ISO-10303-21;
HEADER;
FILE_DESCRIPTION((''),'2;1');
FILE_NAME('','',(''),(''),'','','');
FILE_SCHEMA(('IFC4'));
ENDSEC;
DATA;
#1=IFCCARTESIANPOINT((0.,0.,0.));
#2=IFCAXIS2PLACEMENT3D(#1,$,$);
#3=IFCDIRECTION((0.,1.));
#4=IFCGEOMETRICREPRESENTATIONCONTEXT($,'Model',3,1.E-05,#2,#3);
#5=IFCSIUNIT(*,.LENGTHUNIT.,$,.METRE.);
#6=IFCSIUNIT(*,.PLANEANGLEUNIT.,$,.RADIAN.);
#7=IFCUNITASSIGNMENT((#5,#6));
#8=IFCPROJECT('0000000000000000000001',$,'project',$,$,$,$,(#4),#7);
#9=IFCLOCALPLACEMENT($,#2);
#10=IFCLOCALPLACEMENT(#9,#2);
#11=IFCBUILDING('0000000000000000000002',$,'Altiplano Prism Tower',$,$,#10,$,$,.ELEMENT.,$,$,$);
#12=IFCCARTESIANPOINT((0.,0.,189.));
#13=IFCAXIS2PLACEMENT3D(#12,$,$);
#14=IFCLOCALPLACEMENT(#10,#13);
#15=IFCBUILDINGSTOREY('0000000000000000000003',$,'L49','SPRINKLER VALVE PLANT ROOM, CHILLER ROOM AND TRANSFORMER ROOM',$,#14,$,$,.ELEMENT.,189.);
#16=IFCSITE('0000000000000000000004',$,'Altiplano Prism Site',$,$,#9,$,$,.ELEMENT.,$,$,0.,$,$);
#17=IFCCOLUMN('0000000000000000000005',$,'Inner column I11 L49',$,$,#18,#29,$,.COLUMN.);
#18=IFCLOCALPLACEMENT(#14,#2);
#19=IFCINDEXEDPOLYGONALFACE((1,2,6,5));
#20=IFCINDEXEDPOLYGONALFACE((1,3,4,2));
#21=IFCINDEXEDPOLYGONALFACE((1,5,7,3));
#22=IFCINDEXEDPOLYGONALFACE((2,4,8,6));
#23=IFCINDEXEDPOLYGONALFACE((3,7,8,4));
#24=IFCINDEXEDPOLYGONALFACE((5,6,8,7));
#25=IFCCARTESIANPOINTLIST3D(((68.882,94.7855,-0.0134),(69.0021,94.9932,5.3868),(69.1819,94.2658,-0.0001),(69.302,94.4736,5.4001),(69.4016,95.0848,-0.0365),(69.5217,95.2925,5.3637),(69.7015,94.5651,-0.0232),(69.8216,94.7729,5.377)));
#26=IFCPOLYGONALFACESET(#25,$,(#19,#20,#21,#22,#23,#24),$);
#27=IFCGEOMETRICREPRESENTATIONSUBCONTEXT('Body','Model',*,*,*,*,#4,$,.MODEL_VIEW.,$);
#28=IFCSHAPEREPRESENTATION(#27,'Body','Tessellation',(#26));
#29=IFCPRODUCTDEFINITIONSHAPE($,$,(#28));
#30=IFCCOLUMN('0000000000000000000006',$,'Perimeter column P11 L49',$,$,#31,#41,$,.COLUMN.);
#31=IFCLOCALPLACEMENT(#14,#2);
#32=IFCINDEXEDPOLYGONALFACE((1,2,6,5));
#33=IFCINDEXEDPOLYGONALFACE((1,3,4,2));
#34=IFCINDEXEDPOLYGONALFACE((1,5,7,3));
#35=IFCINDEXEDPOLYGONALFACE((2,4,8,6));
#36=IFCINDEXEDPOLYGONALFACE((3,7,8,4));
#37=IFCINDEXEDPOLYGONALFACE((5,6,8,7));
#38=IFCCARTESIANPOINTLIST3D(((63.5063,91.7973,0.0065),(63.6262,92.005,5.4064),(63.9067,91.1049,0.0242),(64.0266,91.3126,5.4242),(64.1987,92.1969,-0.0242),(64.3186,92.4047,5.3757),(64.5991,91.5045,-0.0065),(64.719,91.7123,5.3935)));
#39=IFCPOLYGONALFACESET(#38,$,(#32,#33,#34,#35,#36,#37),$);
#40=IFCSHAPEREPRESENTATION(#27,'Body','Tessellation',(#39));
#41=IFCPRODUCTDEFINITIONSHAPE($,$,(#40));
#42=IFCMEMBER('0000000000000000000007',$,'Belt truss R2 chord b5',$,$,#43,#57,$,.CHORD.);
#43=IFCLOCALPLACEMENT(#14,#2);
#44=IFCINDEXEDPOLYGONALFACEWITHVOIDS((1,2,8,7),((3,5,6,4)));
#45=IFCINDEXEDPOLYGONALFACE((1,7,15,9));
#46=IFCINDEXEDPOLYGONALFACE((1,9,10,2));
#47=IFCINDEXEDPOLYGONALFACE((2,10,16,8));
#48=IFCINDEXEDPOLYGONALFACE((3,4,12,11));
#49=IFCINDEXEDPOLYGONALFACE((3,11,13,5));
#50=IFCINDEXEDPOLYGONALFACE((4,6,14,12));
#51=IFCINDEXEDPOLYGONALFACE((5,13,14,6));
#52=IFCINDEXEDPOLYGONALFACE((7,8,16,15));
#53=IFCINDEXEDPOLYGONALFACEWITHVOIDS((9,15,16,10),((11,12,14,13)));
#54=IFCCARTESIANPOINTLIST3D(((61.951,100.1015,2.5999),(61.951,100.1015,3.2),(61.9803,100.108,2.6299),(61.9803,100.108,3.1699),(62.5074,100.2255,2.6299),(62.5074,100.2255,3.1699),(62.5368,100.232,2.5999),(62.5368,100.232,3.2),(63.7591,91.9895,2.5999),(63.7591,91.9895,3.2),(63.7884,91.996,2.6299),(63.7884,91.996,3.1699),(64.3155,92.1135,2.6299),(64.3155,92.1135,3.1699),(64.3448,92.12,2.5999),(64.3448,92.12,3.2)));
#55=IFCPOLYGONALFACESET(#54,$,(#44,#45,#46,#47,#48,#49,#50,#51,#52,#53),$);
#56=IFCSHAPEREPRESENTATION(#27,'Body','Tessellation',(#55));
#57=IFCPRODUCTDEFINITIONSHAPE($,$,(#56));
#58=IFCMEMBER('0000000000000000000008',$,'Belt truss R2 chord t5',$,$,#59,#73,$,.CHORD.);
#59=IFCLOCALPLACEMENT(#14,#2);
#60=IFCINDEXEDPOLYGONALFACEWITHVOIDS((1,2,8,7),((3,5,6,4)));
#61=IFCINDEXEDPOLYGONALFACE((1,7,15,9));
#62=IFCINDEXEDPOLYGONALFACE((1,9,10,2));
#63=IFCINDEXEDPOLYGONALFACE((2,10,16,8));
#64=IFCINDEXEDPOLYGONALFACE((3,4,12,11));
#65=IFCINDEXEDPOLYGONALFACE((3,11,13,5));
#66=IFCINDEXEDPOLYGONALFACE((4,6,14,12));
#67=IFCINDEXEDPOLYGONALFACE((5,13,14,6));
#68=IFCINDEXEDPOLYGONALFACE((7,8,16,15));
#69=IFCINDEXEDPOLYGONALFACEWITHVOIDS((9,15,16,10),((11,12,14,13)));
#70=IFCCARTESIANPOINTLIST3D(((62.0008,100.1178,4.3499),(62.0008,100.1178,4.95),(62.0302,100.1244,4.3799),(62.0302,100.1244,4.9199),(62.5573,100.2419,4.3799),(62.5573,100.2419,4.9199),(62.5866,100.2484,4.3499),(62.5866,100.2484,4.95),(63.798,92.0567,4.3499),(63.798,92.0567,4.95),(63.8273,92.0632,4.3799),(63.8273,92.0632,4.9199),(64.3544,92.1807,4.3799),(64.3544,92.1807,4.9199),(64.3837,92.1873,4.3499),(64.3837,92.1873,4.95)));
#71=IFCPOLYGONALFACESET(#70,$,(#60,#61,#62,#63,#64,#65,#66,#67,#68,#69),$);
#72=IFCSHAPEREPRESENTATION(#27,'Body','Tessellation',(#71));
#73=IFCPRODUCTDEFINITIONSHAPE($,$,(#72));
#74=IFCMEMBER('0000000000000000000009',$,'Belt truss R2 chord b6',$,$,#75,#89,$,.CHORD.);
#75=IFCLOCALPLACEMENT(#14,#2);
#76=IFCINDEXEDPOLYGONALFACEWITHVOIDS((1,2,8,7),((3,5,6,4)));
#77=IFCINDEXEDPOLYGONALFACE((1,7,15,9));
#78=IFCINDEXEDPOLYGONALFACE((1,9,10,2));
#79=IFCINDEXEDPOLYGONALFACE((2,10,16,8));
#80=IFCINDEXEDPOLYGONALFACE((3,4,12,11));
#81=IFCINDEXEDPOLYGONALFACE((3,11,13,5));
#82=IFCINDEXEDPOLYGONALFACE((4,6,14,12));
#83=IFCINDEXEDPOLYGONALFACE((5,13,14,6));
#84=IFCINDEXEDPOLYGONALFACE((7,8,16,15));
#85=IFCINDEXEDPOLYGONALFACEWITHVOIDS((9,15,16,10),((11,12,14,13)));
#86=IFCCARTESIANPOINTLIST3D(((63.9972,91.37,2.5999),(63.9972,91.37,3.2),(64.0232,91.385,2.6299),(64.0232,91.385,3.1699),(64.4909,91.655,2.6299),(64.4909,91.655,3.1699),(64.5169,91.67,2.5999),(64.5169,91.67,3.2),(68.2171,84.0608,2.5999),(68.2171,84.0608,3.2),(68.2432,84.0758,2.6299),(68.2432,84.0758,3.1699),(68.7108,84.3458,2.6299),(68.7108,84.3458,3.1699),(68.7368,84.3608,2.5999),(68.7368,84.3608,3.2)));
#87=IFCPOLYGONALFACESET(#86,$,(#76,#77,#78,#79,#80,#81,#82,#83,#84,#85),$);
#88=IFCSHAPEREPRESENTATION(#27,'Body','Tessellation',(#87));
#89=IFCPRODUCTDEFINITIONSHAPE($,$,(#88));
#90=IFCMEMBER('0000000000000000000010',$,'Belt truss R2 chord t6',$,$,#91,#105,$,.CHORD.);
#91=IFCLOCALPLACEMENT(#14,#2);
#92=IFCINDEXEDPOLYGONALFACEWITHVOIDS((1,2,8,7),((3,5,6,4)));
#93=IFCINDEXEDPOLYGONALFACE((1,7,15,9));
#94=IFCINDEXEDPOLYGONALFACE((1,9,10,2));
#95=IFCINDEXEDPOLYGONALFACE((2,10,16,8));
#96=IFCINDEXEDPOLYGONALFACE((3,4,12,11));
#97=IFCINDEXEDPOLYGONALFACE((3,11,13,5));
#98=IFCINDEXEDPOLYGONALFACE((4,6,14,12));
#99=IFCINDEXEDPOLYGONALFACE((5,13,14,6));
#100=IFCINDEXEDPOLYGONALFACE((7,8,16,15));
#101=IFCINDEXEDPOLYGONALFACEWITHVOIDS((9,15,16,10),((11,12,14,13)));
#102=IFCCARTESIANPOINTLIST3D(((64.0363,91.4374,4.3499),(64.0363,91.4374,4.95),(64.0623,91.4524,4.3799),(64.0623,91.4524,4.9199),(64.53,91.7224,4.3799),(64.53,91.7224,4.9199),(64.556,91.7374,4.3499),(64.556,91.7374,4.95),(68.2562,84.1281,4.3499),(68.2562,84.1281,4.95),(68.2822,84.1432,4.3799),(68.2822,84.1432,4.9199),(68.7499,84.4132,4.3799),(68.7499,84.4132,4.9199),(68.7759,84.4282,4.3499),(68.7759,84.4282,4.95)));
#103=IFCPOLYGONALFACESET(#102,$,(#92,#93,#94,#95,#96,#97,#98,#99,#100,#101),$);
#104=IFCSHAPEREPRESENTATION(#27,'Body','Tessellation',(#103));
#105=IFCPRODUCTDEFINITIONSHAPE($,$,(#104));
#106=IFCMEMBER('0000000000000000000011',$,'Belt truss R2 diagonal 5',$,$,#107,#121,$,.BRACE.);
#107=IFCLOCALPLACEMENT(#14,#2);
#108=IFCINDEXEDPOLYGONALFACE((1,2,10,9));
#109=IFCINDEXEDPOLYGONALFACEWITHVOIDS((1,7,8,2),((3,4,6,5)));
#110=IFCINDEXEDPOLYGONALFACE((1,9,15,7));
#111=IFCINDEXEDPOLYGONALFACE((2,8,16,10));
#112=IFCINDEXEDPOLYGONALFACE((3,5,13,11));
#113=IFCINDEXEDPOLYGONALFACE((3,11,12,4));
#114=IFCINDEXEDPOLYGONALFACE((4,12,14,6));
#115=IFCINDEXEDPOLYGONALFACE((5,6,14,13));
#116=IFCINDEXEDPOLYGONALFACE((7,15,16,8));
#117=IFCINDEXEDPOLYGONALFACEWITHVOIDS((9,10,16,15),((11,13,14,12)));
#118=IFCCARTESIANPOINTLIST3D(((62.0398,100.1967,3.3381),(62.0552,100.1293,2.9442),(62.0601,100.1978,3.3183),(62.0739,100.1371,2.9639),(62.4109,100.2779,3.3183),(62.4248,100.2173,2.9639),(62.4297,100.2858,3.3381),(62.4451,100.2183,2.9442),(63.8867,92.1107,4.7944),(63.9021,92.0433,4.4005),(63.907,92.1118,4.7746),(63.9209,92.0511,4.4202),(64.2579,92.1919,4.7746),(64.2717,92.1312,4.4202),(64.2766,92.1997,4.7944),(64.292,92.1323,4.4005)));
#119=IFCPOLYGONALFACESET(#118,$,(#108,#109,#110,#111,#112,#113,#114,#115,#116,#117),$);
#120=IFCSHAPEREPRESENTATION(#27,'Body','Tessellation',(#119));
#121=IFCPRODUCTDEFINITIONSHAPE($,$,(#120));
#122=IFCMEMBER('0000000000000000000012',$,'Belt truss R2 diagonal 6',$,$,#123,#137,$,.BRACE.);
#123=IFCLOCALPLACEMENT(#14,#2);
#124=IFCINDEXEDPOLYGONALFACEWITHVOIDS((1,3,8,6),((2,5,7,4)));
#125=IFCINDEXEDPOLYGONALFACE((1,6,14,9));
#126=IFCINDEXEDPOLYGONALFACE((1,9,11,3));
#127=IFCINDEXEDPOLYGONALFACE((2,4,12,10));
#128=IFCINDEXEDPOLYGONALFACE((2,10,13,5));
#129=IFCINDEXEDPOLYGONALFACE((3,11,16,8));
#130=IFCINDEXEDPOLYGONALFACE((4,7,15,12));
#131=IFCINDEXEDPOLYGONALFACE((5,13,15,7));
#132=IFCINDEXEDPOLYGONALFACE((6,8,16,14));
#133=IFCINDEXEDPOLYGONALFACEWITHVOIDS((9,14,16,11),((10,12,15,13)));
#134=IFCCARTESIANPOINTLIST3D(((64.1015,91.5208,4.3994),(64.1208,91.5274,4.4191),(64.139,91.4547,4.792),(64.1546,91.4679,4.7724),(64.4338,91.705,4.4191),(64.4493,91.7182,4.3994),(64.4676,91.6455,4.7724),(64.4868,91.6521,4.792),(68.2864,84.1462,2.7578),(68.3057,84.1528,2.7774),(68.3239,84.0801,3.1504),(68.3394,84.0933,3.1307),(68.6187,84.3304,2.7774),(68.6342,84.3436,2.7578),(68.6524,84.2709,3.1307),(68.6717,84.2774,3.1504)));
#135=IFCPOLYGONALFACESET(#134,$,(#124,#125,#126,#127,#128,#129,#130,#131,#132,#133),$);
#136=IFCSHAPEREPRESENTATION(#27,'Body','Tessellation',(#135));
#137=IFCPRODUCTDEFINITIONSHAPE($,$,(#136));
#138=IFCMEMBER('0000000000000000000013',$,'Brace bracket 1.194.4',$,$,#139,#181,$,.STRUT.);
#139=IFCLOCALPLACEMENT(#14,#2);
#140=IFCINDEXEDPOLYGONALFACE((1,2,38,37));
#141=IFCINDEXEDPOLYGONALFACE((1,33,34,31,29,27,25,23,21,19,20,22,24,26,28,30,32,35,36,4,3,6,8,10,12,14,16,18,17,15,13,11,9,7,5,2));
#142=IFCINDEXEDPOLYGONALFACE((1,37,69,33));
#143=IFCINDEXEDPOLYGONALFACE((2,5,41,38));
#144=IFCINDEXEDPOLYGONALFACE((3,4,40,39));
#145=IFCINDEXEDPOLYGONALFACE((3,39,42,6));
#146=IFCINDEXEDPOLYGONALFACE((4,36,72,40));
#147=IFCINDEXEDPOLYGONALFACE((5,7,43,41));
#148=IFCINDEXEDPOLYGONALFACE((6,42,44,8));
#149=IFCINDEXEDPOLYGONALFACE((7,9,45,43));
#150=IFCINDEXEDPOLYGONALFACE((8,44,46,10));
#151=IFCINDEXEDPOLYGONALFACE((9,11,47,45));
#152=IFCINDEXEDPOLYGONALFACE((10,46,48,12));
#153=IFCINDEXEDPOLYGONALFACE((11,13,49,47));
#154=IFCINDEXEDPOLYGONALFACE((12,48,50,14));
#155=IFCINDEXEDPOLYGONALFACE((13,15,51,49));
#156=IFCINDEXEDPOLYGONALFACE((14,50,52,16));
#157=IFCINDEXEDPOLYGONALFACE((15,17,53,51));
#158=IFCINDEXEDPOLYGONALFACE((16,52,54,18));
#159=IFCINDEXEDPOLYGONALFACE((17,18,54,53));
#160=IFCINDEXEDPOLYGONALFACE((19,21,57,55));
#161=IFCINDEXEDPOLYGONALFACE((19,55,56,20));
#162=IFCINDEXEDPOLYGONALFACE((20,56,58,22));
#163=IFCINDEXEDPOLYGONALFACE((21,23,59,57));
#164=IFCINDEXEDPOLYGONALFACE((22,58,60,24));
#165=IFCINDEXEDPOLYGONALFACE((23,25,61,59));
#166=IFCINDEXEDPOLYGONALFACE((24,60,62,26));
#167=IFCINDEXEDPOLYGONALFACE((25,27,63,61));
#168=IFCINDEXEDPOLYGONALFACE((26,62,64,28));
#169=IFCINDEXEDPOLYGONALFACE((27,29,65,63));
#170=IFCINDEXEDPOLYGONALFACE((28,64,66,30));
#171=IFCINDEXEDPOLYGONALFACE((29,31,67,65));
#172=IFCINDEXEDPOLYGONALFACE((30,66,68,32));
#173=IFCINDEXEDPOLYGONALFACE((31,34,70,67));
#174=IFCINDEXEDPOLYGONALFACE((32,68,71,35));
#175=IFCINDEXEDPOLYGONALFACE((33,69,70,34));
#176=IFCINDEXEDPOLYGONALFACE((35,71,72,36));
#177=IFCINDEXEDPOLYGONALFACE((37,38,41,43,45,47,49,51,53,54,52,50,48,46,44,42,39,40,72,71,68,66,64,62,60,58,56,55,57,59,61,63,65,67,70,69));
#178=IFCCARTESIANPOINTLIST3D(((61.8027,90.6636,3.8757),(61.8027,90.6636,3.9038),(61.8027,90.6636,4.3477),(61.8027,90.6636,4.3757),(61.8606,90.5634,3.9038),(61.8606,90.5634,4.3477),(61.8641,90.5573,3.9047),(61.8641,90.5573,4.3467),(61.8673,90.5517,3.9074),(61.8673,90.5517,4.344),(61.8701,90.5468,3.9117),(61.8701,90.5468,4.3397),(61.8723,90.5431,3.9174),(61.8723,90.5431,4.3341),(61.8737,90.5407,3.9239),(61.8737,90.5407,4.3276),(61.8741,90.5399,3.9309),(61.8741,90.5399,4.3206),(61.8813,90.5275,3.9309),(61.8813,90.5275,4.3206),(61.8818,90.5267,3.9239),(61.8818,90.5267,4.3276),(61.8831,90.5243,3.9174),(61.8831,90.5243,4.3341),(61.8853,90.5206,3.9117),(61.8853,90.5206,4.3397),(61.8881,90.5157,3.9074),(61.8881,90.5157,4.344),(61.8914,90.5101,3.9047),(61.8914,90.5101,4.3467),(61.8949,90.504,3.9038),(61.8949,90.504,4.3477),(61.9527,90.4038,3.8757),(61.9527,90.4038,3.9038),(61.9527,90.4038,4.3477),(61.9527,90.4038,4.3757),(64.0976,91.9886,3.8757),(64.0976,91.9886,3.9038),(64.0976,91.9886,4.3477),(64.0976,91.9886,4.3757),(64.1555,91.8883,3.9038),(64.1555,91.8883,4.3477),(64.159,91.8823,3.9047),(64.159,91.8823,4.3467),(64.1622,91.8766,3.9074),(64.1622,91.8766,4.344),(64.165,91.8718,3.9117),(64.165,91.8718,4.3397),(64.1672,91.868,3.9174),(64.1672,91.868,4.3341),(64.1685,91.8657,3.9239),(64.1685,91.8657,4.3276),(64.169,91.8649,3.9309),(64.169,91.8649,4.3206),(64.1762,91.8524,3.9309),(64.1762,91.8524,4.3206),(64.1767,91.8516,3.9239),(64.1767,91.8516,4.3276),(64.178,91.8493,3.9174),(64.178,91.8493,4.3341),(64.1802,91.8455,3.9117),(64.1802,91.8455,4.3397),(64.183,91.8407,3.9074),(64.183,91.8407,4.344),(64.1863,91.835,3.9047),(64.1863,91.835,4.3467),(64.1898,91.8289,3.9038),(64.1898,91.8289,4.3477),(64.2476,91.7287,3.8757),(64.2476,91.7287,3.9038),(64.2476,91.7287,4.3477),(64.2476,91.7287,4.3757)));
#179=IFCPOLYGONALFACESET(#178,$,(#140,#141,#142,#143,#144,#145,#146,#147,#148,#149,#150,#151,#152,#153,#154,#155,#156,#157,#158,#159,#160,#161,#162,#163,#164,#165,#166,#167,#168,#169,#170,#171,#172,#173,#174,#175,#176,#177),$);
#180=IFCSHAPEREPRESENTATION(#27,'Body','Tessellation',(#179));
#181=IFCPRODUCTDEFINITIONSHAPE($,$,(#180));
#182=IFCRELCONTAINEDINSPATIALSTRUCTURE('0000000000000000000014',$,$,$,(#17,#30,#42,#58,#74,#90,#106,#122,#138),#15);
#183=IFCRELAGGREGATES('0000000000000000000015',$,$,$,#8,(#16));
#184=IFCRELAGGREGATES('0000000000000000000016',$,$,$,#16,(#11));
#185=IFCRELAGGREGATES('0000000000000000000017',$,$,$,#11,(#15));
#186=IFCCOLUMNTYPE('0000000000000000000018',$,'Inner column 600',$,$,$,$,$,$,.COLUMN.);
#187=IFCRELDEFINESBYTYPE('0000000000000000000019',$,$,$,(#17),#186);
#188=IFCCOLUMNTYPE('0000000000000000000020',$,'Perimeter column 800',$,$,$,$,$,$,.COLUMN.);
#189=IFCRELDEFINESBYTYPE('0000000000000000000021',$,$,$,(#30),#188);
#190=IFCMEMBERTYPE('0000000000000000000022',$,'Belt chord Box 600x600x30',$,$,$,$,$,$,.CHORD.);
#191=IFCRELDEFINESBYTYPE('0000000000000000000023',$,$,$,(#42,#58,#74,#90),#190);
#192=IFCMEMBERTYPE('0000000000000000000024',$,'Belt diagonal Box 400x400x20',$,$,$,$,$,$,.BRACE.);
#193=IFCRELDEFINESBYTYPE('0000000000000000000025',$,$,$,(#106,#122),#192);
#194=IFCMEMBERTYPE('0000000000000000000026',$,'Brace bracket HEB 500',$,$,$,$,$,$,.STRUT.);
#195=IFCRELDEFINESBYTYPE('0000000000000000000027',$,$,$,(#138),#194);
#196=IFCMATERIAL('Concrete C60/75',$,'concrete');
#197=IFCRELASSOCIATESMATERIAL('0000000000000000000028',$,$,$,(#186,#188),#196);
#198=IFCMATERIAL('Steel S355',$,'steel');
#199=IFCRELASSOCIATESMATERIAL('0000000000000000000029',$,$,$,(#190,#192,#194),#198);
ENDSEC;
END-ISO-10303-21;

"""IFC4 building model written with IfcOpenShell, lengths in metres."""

from ifc_helpers import new_model, si_unit, direction, frame, origin, origin_2d, place, context, subcontext, project, spatial, rectangle, hollow_rectangle, i_section, extrude, material, material_profile, profile_set, type_object, element, save


model = new_model("IFC4")

# Units and contexts
model_context = context("Model", 3, precision=1e-05, world=origin(), true_north=direction((0.0, 1.0)))
body_context = subcontext(model_context, "Body", "Model", "MODEL_VIEW")
ifc_project = project(units=[si_unit("LENGTHUNIT", "METRE"), si_unit("PLANEANGLEUNIT", "RADIAN")], contexts=[model_context])

# Site, building, storey
site_placement = place(None, origin())
site = spatial("IfcSite", under=ifc_project, at=site_placement, Name="Altiplano Prism Site", CompositionType="ELEMENT", RefElevation=0.0)
building_placement = place(site_placement, origin())
building = spatial("IfcBuilding", under=site, at=building_placement, Name="Altiplano Prism Tower", CompositionType="ELEMENT")
storey_placement = place(building_placement, frame((0.0, 0.0, 189.0)))
storey = spatial("IfcBuildingStorey", under=building, at=storey_placement, Name="L49", Description="SPRINKLER VALVE PLANT ROOM, CHILLER ROOM AND TRANSFORMER ROOM", CompositionType="ELEMENT", Elevation=189.0)

# Columns
ifc_material_1 = material(Name="Concrete C60/75", Category="concrete")
ifc_material_profile_1 = material_profile(ifc_material_1, rectangle(XDim=0.6001, YDim=0.6001, at=origin_2d()), Name="Inner column 600")
ifc_profile_set_1 = profile_set([ifc_material_profile_1], Name="Concrete C60/75")
column_type_1 = type_object("IfcColumnType", Name="Inner column 600", PredefinedType="COLUMN", material=ifc_profile_set_1)
column_1_placement = place(storey_placement, frame((69.2917, 94.6753, -0.0183), z_axis=(0.022221, 0.038436, 0.999014), x_axis=(-0.865894, -0.498748, 0.038449)))
element("IfcColumn", 1, at=column_1_placement, inside=storey, type_object=column_type_1, Name="Inner column I11 L49", PredefinedType="COLUMN", context=body_context, shape_type="SweptSolid", body=[
    extrude(rectangle(XDim=0.6001, YDim=0.6001, at=origin_2d()), origin(), (0.0, 0.0, 1.0), 5.4055),
])
ifc_material_profile_2 = material_profile(ifc_material_1, rectangle(XDim=0.8, YDim=0.8, at=origin_2d()), Name="Perimeter column 800")
ifc_profile_set_2 = profile_set([ifc_material_profile_2], Name="Concrete C60/75")
column_type_2 = type_object("IfcColumnType", Name="Perimeter column 800", PredefinedType="COLUMN", material=ifc_profile_set_2)
column_2_placement = place(storey_placement, frame((64.0527, 91.6509, 0.0), z_axis=(0.022177, 0.038438, 0.999015), x_axis=(-0.865455, -0.499511, 0.038431)))
element("IfcColumn", 2, at=column_2_placement, inside=storey, type_object=column_type_2, Name="Perimeter column P11 L49", PredefinedType="COLUMN", context=body_context, shape_type="SweptSolid", body=[
    extrude(rectangle(XDim=0.8, YDim=0.8, at=origin_2d()), origin(), (0.0, 0.0, 1.0), 5.4053),
])

# Members
ifc_material_2 = material(Name="Steel S355", Category="steel")
ifc_material_profile_3 = material_profile(ifc_material_2, hollow_rectangle(XDim=0.6001, YDim=0.6001, WallThickness=0.03, at=origin_2d()), Name="Belt chord Box 600x600x30")
ifc_profile_set_3 = profile_set([ifc_material_profile_3], Name="Steel S355")
member_type_1 = type_object("IfcMemberType", Name="Belt chord Box 600x600x30", PredefinedType="CHORD", material=ifc_profile_set_3)
member_1_placement = place(storey_placement, frame((62.2439, 100.1667, 2.8999), z_axis=(0.217552, -0.976049, 0.0), x_axis=(0.976049, 0.217552, 0.0)))
element("IfcMember", 3, at=member_1_placement, inside=storey, type_object=member_type_1, Name="Belt truss R2 chord b5", PredefinedType="CHORD", context=body_context, shape_type="SweptSolid", body=[
    extrude(hollow_rectangle(XDim=0.6001, YDim=0.6001, WallThickness=0.03, at=origin_2d()), origin(), (0.0, 0.0, 1.0), 8.311),
])
member_2_placement = place(storey_placement, frame((62.2937, 100.1831, 4.6499), z_axis=(0.217597, -0.976039, 0.0), x_axis=(0.976039, 0.217597, 0.0)))
element("IfcMember", 4, at=member_2_placement, inside=storey, type_object=member_type_1, Name="Belt truss R2 chord t5", PredefinedType="CHORD", context=body_context, shape_type="SweptSolid", body=[
    extrude(hollow_rectangle(XDim=0.6001, YDim=0.6001, WallThickness=0.03, at=origin_2d()), origin(), (0.0, 0.0, 1.0), 8.259),
])
for number, where, z_axis, x_axis, name in (
    (5, (64.2571, 91.52, 2.8999), (0.499994, -0.866029, 0.0), (0.866029, 0.499994, 0.0), "Belt truss R2 chord b6"),
    (6, (64.2961, 91.5874, 4.6499), (0.499994, -0.866029, 0.0), (0.866029, 0.499994, 0.0), "Belt truss R2 chord t6"),
):
    element("IfcMember", number, at=place(storey_placement, frame(where, z_axis=z_axis, x_axis=x_axis)), inside=storey, type_object=member_type_1, Name=name, PredefinedType="CHORD", context=body_context, shape_type="SweptSolid", body=[
        extrude(hollow_rectangle(XDim=0.6001, YDim=0.6001, WallThickness=0.03, at=origin_2d()), origin(), (0.0, 0.0, 1.0), 8.4399),
    ])
ifc_material_profile_4 = material_profile(ifc_material_2, hollow_rectangle(XDim=0.3999, YDim=0.3999, WallThickness=0.02, at=origin_2d()), Name="Belt diagonal Box 400x400x20")
ifc_profile_set_4 = profile_set([ifc_material_profile_4], Name="Steel S355")
member_type_2 = type_object("IfcMemberType", Name="Belt diagonal Box 400x400x20", PredefinedType="BRACE", material=ifc_profile_set_4)
member_3_placement = place(storey_placement, frame((62.2424, 100.2075, 3.1411), z_axis=(0.219322, -0.960204, 0.172935), x_axis=(0.974892, 0.222677, 0.0)))
element("IfcMember", 7, at=member_3_placement, inside=storey, type_object=member_type_2, Name="Belt truss R2 diagonal 5", PredefinedType="BRACE", context=body_context, shape_type="SweptSolid", body=[
    extrude(hollow_rectangle(XDim=0.3999, YDim=0.3999, WallThickness=0.02, at=origin_2d()), origin(), (0.0, 0.0, 1.0), 8.4211),
])
member_4_placement = place(storey_placement, frame((64.2942, 91.5864, 4.5957), z_axis=(0.484544, -0.853867, -0.190075), x_axis=(0.869722, 0.493541, 0.0)))
element("IfcMember", 8, at=member_4_placement, inside=storey, type_object=member_type_2, Name="Belt truss R2 diagonal 6", PredefinedType="BRACE", context=body_context, shape_type="SweptSolid", body=[
    extrude(hollow_rectangle(XDim=0.3999, YDim=0.3999, WallThickness=0.02, at=origin_2d()), origin(), (0.0, 0.0, 1.0), 8.6367),
])
ifc_material_profile_5 = material_profile(ifc_material_2, i_section(OverallWidth=0.3, OverallDepth=0.5, WebThickness=0.0144, FlangeThickness=0.0281, FilletRadius=0.0271, at=origin_2d()), Name="Brace bracket HEB 500")
ifc_profile_set_5 = profile_set([ifc_material_profile_5], Name="Steel S355")
member_type_3 = type_object("IfcMemberType", Name="Brace bracket HEB 500", PredefinedType="STRUT", material=ifc_profile_set_5)
member_5_placement = place(storey_placement, frame((64.1726, 91.8586, 4.1257), z_axis=(-0.866029, -0.499994, 0.0), x_axis=(0.499994, -0.866029, 0.0)))
element("IfcMember", 9, at=member_5_placement, inside=storey, type_object=member_type_3, Name="Brace bracket 1.194.4", PredefinedType="STRUT", context=body_context, shape_type="SweptSolid", body=[
    extrude(i_section(OverallWidth=0.3, OverallDepth=0.5, WebThickness=0.0144, FlangeThickness=0.0281, FilletRadius=0.0271, at=origin_2d()), origin(), (0.0, 0.0, 1.0), 2.6499),
])

save(model, "model.ifc")
